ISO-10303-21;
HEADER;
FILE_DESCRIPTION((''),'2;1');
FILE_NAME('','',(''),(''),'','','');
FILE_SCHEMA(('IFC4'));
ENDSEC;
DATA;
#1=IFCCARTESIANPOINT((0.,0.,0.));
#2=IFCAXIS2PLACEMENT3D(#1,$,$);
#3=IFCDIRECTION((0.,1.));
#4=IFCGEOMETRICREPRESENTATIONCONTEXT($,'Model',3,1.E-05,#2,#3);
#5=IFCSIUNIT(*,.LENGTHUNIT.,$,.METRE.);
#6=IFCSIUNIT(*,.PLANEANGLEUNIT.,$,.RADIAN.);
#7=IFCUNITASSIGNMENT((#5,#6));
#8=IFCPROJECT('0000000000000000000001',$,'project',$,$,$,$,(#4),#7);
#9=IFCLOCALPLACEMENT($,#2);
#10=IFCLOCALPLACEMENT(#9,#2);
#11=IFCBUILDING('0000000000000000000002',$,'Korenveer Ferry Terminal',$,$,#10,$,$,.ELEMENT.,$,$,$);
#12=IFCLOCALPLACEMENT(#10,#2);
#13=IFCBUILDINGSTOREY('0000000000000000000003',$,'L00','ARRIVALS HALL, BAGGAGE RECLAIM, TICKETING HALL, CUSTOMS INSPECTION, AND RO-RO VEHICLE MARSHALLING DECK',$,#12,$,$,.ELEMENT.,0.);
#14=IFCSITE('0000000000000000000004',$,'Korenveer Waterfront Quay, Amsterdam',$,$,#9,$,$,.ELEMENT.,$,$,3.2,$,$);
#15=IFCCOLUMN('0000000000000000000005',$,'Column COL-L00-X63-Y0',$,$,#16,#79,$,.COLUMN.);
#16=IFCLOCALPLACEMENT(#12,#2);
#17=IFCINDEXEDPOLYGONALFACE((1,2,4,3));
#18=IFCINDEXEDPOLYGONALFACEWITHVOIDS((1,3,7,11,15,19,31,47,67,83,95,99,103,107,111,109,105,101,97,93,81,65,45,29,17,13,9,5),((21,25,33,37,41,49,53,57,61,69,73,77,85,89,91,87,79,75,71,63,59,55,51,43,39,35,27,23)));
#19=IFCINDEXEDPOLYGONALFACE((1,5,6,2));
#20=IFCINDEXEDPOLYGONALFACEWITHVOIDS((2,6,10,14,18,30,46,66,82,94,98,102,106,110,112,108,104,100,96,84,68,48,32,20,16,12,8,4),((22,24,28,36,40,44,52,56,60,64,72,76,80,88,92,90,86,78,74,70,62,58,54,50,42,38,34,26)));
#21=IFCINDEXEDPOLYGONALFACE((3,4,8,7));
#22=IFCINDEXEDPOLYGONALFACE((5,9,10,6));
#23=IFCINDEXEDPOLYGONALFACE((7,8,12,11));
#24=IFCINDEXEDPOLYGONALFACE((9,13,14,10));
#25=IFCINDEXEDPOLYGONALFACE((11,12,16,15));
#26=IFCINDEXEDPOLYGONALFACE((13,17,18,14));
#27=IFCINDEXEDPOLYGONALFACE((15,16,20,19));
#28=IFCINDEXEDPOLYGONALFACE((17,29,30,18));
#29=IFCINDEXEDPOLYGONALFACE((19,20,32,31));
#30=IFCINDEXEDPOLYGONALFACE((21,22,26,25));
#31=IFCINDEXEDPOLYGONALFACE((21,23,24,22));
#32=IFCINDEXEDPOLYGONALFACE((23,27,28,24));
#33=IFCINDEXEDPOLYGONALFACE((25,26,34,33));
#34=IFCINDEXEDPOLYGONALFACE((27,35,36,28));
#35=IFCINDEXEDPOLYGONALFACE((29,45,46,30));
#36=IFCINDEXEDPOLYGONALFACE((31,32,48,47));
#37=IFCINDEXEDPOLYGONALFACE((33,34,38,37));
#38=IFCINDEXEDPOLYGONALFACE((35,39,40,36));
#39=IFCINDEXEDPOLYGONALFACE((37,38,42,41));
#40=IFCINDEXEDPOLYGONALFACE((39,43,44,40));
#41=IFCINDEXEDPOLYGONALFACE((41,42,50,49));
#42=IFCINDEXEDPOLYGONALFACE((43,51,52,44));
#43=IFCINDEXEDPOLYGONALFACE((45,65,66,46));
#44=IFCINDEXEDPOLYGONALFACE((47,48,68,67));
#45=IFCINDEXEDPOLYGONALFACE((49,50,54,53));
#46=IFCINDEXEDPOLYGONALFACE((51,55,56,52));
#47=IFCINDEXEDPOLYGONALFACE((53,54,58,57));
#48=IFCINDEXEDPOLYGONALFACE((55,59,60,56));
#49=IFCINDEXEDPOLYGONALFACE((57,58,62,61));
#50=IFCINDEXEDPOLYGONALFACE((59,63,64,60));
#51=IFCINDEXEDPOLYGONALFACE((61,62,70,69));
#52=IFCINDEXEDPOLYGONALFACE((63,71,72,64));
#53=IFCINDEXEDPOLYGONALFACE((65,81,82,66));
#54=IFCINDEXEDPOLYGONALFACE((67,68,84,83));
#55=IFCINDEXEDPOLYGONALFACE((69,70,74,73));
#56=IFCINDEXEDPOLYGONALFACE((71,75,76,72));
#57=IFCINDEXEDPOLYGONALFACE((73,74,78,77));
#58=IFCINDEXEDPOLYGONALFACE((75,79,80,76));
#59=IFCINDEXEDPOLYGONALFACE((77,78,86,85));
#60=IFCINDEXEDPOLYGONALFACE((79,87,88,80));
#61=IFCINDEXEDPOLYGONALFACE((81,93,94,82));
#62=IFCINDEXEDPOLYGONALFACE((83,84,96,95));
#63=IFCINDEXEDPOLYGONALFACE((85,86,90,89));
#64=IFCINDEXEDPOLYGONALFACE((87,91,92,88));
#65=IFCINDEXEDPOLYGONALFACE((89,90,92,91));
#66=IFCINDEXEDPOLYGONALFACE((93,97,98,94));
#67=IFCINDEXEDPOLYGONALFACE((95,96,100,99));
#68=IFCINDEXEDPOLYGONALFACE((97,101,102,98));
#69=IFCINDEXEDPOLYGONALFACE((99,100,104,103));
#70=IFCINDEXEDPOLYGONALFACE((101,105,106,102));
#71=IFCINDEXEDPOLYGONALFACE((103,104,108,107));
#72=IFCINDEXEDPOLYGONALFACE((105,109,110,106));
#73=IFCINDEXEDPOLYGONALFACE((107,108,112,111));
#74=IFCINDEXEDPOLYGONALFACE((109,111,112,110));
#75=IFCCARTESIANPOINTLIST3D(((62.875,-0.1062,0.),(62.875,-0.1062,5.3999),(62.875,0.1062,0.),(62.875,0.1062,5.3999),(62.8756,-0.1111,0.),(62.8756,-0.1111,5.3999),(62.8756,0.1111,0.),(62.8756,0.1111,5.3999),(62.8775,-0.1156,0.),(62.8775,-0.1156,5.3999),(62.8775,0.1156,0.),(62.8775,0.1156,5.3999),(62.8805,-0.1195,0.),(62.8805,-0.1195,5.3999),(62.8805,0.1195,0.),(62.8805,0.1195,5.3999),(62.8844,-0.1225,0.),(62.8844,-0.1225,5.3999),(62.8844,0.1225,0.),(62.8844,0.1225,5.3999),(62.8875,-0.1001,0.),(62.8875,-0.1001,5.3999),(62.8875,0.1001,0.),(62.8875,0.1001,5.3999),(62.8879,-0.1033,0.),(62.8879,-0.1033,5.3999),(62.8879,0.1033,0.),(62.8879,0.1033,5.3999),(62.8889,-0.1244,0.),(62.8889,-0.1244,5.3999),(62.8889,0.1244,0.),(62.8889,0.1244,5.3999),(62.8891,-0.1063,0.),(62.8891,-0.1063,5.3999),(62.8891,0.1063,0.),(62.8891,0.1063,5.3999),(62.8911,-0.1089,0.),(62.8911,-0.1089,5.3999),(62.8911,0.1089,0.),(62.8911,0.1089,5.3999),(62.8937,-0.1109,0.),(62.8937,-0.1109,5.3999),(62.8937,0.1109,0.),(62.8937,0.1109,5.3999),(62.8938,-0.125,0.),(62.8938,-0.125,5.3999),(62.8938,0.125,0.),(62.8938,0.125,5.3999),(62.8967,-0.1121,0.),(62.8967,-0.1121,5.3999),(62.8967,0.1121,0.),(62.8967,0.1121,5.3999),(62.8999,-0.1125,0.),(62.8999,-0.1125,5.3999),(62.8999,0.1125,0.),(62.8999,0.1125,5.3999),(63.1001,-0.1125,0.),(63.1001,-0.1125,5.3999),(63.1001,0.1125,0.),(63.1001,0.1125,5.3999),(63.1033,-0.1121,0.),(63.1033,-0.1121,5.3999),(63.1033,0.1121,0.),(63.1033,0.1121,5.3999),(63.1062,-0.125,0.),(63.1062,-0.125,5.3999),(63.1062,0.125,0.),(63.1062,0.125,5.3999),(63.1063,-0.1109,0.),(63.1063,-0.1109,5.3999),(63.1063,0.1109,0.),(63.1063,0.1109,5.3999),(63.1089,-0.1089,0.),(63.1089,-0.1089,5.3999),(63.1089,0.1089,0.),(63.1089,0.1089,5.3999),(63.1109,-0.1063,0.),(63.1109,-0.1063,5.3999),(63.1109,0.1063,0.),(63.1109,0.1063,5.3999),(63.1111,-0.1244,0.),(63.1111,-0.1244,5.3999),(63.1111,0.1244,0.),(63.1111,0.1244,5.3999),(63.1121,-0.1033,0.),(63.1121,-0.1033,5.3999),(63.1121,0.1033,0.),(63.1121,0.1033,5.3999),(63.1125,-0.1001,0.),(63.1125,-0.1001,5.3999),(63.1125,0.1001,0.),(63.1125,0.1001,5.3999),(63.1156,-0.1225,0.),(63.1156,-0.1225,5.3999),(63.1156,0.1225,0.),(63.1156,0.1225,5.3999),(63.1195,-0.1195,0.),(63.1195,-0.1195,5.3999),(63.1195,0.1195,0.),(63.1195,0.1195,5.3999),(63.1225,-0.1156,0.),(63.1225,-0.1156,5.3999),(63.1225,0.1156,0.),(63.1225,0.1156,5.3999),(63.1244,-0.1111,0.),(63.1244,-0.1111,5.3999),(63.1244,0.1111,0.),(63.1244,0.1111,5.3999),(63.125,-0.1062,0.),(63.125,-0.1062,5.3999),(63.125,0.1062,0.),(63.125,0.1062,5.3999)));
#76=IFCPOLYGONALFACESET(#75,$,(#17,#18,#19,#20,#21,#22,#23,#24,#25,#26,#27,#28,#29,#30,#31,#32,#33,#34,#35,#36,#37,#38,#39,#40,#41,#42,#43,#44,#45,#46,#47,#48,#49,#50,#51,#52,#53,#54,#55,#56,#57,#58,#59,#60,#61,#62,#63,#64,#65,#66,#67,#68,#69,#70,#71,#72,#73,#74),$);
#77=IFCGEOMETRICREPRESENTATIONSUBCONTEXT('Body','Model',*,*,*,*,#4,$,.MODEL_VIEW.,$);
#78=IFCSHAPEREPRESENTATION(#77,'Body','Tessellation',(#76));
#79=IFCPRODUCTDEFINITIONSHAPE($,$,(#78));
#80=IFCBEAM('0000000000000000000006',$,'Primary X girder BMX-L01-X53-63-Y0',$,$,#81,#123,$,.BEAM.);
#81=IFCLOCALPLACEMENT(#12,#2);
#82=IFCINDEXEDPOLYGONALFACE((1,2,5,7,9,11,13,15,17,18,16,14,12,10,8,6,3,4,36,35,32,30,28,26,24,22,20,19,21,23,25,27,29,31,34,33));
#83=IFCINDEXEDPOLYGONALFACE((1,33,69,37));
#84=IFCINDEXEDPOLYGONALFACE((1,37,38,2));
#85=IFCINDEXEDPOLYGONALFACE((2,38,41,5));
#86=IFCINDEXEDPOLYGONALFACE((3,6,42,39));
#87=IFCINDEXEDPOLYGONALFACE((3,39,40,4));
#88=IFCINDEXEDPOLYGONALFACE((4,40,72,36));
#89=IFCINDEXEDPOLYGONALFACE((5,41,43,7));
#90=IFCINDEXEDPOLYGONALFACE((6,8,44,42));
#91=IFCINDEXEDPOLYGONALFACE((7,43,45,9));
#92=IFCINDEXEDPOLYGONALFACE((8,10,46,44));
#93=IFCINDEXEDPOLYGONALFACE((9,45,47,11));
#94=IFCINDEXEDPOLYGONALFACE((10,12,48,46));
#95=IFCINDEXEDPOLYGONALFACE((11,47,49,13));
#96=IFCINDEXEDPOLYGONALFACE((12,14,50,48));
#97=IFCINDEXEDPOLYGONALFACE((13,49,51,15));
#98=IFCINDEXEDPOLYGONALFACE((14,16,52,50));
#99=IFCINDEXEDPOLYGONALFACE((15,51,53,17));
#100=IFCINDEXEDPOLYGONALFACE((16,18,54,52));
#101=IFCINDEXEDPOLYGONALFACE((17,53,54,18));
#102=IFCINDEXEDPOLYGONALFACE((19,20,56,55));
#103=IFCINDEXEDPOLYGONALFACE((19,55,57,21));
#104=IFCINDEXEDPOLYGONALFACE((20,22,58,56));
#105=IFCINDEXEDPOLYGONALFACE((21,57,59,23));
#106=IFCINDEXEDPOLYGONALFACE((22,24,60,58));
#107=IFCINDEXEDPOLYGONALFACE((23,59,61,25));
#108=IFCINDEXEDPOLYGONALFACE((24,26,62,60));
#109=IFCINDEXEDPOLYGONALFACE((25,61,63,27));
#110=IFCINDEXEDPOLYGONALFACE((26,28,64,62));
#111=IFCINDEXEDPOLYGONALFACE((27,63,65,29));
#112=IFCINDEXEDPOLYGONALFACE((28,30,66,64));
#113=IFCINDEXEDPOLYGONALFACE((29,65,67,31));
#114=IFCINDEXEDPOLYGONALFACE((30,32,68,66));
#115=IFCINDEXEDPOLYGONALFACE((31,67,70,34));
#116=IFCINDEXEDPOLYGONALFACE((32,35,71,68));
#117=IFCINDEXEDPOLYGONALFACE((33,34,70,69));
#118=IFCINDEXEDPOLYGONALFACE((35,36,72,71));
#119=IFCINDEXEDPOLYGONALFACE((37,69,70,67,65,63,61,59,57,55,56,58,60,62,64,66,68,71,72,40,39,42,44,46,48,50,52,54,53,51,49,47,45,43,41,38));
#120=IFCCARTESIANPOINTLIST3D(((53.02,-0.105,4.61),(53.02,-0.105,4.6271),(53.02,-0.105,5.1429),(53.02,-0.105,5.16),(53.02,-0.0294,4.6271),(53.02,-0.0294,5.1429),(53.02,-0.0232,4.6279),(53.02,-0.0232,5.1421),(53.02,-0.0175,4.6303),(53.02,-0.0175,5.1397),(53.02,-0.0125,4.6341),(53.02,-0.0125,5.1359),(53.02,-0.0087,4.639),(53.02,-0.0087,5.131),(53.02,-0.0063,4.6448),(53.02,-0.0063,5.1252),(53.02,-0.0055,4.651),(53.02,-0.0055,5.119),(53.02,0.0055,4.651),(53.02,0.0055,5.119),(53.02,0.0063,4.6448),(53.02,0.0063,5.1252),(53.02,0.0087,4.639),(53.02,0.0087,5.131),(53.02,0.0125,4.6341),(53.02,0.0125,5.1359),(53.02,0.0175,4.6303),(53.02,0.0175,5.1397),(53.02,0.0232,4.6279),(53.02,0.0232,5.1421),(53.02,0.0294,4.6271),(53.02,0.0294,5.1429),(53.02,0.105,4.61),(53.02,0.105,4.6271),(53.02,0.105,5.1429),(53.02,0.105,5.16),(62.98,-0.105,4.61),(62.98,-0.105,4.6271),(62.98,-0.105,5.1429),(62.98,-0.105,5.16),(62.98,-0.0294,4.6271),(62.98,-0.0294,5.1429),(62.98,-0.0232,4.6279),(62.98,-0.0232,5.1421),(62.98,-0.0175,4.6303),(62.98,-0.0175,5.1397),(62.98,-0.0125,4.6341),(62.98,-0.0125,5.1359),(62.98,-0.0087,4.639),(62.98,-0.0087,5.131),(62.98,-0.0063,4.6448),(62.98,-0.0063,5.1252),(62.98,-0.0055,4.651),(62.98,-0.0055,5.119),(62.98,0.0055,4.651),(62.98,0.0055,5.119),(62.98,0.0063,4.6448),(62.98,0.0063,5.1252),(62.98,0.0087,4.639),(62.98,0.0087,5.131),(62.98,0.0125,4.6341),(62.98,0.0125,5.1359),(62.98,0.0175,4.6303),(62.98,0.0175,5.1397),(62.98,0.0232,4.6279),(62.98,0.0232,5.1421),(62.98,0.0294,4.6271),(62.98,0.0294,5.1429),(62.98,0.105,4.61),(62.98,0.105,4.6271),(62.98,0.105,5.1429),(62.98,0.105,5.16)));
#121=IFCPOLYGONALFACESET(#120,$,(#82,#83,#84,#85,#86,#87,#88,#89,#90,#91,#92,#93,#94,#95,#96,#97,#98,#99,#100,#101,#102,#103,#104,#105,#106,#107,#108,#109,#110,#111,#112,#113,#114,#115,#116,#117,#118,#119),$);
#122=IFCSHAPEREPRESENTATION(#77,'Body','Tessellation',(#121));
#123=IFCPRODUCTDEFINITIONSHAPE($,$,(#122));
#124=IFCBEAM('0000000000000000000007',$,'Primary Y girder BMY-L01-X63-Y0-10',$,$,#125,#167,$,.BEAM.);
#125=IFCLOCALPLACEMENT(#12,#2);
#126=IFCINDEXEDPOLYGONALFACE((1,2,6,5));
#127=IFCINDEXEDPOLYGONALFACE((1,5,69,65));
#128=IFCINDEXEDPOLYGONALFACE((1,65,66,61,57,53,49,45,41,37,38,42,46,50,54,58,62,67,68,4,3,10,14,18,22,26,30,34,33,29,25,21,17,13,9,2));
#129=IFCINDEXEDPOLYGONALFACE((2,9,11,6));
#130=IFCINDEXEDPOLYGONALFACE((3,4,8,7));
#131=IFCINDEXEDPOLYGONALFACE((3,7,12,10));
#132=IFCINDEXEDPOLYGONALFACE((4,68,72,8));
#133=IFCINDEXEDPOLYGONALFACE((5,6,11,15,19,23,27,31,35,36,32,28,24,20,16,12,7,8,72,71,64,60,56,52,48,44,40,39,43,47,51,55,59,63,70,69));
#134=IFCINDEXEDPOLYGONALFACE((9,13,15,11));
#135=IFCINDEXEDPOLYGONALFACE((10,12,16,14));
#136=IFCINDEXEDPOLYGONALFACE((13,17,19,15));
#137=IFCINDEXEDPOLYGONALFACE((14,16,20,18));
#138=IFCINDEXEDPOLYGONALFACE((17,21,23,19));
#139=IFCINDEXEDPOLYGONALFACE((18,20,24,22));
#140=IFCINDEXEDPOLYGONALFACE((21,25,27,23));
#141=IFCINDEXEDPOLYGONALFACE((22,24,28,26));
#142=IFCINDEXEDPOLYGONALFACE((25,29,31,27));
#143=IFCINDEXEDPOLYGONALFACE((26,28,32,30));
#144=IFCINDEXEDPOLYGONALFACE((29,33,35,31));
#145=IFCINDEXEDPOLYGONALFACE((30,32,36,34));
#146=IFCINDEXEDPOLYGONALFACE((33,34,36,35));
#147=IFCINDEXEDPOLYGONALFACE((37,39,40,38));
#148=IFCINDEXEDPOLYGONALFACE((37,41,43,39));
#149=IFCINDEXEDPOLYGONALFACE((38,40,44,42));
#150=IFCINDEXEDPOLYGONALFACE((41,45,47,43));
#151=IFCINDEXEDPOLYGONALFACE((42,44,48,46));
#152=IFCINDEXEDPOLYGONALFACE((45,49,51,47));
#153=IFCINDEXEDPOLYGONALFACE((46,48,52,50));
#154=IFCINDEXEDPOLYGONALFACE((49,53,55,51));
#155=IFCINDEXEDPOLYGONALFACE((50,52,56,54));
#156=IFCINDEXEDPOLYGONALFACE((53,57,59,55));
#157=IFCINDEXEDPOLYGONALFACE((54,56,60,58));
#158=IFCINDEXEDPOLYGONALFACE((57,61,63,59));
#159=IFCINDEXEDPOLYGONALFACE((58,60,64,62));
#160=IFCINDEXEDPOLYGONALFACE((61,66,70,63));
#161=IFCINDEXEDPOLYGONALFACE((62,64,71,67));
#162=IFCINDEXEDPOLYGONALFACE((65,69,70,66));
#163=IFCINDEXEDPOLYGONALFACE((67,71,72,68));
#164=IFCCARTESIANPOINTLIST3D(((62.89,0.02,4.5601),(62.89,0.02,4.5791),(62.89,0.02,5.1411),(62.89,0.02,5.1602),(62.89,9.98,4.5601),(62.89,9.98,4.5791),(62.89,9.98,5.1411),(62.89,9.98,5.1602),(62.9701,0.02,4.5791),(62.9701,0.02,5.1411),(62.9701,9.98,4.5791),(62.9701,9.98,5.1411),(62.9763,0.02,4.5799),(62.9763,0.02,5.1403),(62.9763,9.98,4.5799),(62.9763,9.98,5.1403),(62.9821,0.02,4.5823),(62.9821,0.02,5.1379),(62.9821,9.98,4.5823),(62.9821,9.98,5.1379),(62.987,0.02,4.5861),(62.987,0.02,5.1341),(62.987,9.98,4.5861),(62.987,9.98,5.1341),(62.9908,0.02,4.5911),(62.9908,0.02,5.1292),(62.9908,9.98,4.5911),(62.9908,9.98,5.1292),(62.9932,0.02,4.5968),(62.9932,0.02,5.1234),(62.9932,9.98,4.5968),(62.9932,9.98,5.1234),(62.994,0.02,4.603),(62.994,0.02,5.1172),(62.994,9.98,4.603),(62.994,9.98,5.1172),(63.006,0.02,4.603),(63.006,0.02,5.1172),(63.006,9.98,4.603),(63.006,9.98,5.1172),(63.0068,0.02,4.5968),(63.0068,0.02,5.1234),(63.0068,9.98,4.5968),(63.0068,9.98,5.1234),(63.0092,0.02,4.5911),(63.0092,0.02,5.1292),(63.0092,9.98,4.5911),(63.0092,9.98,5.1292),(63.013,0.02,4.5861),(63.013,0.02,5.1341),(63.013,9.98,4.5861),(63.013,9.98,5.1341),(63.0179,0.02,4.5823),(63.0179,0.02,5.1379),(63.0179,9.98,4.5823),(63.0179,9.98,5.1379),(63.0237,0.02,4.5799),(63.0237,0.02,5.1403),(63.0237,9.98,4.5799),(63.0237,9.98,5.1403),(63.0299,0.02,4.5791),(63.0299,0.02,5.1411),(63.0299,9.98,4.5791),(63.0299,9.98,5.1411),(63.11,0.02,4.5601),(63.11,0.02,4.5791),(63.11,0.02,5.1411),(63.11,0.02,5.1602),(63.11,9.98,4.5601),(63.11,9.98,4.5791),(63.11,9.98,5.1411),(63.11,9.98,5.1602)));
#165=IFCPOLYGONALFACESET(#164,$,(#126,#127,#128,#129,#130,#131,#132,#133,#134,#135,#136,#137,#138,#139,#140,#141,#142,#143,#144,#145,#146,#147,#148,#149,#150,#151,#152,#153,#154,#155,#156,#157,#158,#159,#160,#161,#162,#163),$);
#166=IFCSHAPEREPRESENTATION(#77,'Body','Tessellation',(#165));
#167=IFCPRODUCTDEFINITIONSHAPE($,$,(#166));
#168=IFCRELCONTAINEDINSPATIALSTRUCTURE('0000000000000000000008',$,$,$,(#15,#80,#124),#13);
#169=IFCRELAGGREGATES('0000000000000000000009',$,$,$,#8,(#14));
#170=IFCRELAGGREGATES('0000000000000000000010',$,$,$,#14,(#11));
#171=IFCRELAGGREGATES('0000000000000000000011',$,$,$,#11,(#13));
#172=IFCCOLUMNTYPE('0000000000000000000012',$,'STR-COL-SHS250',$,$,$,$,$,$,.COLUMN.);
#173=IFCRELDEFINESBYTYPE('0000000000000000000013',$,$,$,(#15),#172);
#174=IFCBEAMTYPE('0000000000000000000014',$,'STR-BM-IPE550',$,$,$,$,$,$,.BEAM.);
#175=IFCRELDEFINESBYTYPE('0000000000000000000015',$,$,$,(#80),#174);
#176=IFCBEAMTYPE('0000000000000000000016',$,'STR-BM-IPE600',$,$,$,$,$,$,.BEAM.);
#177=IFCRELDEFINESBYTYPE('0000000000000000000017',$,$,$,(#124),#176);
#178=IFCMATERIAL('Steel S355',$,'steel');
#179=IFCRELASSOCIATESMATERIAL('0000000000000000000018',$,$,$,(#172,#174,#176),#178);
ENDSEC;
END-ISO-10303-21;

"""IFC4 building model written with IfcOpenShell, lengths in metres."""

from ifc_helpers import new_model, si_unit, direction, frame, origin, origin_2d, place, context, subcontext, project, spatial, hollow_rectangle, i_section, extrude, material, material_profile, profile_set, type_object, element, save


model = new_model("IFC4")

# Units and contexts
model_context = context("Model", 3, precision=1e-05, world=origin(), true_north=direction((0.0, 1.0)))
body_context = subcontext(model_context, "Body", "Model", "MODEL_VIEW")
ifc_project = project(units=[si_unit("LENGTHUNIT", "METRE"), si_unit("PLANEANGLEUNIT", "RADIAN")], contexts=[model_context])

# Site, building, storey
site_placement = place(None, origin())
site = spatial("IfcSite", under=ifc_project, at=site_placement, Name="Korenveer Waterfront Quay, Amsterdam", CompositionType="ELEMENT", RefElevation=3.2)
building_placement = place(site_placement, origin())
building = spatial("IfcBuilding", under=site, at=building_placement, Name="Korenveer Ferry Terminal", CompositionType="ELEMENT")
storey_placement = place(building_placement, origin())
storey = spatial("IfcBuildingStorey", under=building, at=storey_placement, Name="L00", Description="ARRIVALS HALL, BAGGAGE RECLAIM, TICKETING HALL, CUSTOMS INSPECTION, AND RO-RO VEHICLE MARSHALLING DECK", CompositionType="ELEMENT", Elevation=0.0)

# Column
ifc_material_1 = material(Name="Steel S355", Category="steel")
ifc_material_profile_1 = material_profile(ifc_material_1, hollow_rectangle(XDim=0.25, YDim=0.25, WallThickness=0.0125, InnerFilletRadius=0.0125, OuterFilletRadius=0.0188, at=origin_2d()), Name="SHS 250x250x12.5")
ifc_profile_set_1 = profile_set([ifc_material_profile_1], Name="Steel S355")
column_type_1 = type_object("IfcColumnType", Name="STR-COL-SHS250", PredefinedType="COLUMN", material=ifc_profile_set_1)
column_1_placement = place(storey_placement, frame((63.0, 0.0, 0.0), z_axis=(0.0, 0.0, 1.0), x_axis=(1.0, 0.0, 0.0)))
element("IfcColumn", 1, at=column_1_placement, inside=storey, type_object=column_type_1, Name="Column COL-L00-X63-Y0", PredefinedType="COLUMN", context=body_context, shape_type="SweptSolid", body=[
    extrude(hollow_rectangle(XDim=0.25, YDim=0.25, WallThickness=0.0125, InnerFilletRadius=0.0125, OuterFilletRadius=0.0188, at=origin_2d()), origin(), (0.0, 0.0, 1.0), 5.3999),
])

# Beams
ifc_material_profile_2 = material_profile(ifc_material_1, i_section(OverallWidth=0.21, OverallDepth=0.55, WebThickness=0.011, FlangeThickness=0.0171, FilletRadius=0.0239, at=origin_2d()), Name="IPE 550")
ifc_profile_set_2 = profile_set([ifc_material_profile_2], Name="Steel S355")
beam_type_1 = type_object("IfcBeamType", Name="STR-BM-IPE550", PredefinedType="BEAM", material=ifc_profile_set_2)
beam_1_placement = place(storey_placement, frame((53.02, 0.0, 4.885), z_axis=(1.0, 0.0, 0.0), x_axis=(0.0, 1.0, 0.0)))
element("IfcBeam", 2, at=beam_1_placement, inside=storey, type_object=beam_type_1, Name="Primary X girder BMX-L01-X53-63-Y0", PredefinedType="BEAM", context=body_context, shape_type="SweptSolid", body=[
    extrude(i_section(OverallWidth=0.21, OverallDepth=0.55, WebThickness=0.011, FlangeThickness=0.0171, FilletRadius=0.0239, at=origin_2d()), origin(), (0.0, 0.0, 1.0), 9.96),
])
ifc_material_profile_3 = material_profile(ifc_material_1, i_section(OverallWidth=0.22, OverallDepth=0.6001, WebThickness=0.012, FlangeThickness=0.019, FilletRadius=0.0239, at=origin_2d()), Name="IPE 600")
ifc_profile_set_3 = profile_set([ifc_material_profile_3], Name="Steel S355")
beam_type_2 = type_object("IfcBeamType", Name="STR-BM-IPE600", PredefinedType="BEAM", material=ifc_profile_set_3)
beam_2_placement = place(storey_placement, frame((63.0, 0.02, 4.8601), z_axis=(0.0, 1.0, 0.0), x_axis=(-1.0, 0.0, 0.0)))
element("IfcBeam", 3, at=beam_2_placement, inside=storey, type_object=beam_type_2, Name="Primary Y girder BMY-L01-X63-Y0-10", PredefinedType="BEAM", context=body_context, shape_type="SweptSolid", body=[
    extrude(i_section(OverallWidth=0.22, OverallDepth=0.6001, WebThickness=0.012, FlangeThickness=0.019, FilletRadius=0.0239, at=origin_2d()), origin(), (0.0, 0.0, 1.0), 9.96),
])

save(model, "model.ifc")
